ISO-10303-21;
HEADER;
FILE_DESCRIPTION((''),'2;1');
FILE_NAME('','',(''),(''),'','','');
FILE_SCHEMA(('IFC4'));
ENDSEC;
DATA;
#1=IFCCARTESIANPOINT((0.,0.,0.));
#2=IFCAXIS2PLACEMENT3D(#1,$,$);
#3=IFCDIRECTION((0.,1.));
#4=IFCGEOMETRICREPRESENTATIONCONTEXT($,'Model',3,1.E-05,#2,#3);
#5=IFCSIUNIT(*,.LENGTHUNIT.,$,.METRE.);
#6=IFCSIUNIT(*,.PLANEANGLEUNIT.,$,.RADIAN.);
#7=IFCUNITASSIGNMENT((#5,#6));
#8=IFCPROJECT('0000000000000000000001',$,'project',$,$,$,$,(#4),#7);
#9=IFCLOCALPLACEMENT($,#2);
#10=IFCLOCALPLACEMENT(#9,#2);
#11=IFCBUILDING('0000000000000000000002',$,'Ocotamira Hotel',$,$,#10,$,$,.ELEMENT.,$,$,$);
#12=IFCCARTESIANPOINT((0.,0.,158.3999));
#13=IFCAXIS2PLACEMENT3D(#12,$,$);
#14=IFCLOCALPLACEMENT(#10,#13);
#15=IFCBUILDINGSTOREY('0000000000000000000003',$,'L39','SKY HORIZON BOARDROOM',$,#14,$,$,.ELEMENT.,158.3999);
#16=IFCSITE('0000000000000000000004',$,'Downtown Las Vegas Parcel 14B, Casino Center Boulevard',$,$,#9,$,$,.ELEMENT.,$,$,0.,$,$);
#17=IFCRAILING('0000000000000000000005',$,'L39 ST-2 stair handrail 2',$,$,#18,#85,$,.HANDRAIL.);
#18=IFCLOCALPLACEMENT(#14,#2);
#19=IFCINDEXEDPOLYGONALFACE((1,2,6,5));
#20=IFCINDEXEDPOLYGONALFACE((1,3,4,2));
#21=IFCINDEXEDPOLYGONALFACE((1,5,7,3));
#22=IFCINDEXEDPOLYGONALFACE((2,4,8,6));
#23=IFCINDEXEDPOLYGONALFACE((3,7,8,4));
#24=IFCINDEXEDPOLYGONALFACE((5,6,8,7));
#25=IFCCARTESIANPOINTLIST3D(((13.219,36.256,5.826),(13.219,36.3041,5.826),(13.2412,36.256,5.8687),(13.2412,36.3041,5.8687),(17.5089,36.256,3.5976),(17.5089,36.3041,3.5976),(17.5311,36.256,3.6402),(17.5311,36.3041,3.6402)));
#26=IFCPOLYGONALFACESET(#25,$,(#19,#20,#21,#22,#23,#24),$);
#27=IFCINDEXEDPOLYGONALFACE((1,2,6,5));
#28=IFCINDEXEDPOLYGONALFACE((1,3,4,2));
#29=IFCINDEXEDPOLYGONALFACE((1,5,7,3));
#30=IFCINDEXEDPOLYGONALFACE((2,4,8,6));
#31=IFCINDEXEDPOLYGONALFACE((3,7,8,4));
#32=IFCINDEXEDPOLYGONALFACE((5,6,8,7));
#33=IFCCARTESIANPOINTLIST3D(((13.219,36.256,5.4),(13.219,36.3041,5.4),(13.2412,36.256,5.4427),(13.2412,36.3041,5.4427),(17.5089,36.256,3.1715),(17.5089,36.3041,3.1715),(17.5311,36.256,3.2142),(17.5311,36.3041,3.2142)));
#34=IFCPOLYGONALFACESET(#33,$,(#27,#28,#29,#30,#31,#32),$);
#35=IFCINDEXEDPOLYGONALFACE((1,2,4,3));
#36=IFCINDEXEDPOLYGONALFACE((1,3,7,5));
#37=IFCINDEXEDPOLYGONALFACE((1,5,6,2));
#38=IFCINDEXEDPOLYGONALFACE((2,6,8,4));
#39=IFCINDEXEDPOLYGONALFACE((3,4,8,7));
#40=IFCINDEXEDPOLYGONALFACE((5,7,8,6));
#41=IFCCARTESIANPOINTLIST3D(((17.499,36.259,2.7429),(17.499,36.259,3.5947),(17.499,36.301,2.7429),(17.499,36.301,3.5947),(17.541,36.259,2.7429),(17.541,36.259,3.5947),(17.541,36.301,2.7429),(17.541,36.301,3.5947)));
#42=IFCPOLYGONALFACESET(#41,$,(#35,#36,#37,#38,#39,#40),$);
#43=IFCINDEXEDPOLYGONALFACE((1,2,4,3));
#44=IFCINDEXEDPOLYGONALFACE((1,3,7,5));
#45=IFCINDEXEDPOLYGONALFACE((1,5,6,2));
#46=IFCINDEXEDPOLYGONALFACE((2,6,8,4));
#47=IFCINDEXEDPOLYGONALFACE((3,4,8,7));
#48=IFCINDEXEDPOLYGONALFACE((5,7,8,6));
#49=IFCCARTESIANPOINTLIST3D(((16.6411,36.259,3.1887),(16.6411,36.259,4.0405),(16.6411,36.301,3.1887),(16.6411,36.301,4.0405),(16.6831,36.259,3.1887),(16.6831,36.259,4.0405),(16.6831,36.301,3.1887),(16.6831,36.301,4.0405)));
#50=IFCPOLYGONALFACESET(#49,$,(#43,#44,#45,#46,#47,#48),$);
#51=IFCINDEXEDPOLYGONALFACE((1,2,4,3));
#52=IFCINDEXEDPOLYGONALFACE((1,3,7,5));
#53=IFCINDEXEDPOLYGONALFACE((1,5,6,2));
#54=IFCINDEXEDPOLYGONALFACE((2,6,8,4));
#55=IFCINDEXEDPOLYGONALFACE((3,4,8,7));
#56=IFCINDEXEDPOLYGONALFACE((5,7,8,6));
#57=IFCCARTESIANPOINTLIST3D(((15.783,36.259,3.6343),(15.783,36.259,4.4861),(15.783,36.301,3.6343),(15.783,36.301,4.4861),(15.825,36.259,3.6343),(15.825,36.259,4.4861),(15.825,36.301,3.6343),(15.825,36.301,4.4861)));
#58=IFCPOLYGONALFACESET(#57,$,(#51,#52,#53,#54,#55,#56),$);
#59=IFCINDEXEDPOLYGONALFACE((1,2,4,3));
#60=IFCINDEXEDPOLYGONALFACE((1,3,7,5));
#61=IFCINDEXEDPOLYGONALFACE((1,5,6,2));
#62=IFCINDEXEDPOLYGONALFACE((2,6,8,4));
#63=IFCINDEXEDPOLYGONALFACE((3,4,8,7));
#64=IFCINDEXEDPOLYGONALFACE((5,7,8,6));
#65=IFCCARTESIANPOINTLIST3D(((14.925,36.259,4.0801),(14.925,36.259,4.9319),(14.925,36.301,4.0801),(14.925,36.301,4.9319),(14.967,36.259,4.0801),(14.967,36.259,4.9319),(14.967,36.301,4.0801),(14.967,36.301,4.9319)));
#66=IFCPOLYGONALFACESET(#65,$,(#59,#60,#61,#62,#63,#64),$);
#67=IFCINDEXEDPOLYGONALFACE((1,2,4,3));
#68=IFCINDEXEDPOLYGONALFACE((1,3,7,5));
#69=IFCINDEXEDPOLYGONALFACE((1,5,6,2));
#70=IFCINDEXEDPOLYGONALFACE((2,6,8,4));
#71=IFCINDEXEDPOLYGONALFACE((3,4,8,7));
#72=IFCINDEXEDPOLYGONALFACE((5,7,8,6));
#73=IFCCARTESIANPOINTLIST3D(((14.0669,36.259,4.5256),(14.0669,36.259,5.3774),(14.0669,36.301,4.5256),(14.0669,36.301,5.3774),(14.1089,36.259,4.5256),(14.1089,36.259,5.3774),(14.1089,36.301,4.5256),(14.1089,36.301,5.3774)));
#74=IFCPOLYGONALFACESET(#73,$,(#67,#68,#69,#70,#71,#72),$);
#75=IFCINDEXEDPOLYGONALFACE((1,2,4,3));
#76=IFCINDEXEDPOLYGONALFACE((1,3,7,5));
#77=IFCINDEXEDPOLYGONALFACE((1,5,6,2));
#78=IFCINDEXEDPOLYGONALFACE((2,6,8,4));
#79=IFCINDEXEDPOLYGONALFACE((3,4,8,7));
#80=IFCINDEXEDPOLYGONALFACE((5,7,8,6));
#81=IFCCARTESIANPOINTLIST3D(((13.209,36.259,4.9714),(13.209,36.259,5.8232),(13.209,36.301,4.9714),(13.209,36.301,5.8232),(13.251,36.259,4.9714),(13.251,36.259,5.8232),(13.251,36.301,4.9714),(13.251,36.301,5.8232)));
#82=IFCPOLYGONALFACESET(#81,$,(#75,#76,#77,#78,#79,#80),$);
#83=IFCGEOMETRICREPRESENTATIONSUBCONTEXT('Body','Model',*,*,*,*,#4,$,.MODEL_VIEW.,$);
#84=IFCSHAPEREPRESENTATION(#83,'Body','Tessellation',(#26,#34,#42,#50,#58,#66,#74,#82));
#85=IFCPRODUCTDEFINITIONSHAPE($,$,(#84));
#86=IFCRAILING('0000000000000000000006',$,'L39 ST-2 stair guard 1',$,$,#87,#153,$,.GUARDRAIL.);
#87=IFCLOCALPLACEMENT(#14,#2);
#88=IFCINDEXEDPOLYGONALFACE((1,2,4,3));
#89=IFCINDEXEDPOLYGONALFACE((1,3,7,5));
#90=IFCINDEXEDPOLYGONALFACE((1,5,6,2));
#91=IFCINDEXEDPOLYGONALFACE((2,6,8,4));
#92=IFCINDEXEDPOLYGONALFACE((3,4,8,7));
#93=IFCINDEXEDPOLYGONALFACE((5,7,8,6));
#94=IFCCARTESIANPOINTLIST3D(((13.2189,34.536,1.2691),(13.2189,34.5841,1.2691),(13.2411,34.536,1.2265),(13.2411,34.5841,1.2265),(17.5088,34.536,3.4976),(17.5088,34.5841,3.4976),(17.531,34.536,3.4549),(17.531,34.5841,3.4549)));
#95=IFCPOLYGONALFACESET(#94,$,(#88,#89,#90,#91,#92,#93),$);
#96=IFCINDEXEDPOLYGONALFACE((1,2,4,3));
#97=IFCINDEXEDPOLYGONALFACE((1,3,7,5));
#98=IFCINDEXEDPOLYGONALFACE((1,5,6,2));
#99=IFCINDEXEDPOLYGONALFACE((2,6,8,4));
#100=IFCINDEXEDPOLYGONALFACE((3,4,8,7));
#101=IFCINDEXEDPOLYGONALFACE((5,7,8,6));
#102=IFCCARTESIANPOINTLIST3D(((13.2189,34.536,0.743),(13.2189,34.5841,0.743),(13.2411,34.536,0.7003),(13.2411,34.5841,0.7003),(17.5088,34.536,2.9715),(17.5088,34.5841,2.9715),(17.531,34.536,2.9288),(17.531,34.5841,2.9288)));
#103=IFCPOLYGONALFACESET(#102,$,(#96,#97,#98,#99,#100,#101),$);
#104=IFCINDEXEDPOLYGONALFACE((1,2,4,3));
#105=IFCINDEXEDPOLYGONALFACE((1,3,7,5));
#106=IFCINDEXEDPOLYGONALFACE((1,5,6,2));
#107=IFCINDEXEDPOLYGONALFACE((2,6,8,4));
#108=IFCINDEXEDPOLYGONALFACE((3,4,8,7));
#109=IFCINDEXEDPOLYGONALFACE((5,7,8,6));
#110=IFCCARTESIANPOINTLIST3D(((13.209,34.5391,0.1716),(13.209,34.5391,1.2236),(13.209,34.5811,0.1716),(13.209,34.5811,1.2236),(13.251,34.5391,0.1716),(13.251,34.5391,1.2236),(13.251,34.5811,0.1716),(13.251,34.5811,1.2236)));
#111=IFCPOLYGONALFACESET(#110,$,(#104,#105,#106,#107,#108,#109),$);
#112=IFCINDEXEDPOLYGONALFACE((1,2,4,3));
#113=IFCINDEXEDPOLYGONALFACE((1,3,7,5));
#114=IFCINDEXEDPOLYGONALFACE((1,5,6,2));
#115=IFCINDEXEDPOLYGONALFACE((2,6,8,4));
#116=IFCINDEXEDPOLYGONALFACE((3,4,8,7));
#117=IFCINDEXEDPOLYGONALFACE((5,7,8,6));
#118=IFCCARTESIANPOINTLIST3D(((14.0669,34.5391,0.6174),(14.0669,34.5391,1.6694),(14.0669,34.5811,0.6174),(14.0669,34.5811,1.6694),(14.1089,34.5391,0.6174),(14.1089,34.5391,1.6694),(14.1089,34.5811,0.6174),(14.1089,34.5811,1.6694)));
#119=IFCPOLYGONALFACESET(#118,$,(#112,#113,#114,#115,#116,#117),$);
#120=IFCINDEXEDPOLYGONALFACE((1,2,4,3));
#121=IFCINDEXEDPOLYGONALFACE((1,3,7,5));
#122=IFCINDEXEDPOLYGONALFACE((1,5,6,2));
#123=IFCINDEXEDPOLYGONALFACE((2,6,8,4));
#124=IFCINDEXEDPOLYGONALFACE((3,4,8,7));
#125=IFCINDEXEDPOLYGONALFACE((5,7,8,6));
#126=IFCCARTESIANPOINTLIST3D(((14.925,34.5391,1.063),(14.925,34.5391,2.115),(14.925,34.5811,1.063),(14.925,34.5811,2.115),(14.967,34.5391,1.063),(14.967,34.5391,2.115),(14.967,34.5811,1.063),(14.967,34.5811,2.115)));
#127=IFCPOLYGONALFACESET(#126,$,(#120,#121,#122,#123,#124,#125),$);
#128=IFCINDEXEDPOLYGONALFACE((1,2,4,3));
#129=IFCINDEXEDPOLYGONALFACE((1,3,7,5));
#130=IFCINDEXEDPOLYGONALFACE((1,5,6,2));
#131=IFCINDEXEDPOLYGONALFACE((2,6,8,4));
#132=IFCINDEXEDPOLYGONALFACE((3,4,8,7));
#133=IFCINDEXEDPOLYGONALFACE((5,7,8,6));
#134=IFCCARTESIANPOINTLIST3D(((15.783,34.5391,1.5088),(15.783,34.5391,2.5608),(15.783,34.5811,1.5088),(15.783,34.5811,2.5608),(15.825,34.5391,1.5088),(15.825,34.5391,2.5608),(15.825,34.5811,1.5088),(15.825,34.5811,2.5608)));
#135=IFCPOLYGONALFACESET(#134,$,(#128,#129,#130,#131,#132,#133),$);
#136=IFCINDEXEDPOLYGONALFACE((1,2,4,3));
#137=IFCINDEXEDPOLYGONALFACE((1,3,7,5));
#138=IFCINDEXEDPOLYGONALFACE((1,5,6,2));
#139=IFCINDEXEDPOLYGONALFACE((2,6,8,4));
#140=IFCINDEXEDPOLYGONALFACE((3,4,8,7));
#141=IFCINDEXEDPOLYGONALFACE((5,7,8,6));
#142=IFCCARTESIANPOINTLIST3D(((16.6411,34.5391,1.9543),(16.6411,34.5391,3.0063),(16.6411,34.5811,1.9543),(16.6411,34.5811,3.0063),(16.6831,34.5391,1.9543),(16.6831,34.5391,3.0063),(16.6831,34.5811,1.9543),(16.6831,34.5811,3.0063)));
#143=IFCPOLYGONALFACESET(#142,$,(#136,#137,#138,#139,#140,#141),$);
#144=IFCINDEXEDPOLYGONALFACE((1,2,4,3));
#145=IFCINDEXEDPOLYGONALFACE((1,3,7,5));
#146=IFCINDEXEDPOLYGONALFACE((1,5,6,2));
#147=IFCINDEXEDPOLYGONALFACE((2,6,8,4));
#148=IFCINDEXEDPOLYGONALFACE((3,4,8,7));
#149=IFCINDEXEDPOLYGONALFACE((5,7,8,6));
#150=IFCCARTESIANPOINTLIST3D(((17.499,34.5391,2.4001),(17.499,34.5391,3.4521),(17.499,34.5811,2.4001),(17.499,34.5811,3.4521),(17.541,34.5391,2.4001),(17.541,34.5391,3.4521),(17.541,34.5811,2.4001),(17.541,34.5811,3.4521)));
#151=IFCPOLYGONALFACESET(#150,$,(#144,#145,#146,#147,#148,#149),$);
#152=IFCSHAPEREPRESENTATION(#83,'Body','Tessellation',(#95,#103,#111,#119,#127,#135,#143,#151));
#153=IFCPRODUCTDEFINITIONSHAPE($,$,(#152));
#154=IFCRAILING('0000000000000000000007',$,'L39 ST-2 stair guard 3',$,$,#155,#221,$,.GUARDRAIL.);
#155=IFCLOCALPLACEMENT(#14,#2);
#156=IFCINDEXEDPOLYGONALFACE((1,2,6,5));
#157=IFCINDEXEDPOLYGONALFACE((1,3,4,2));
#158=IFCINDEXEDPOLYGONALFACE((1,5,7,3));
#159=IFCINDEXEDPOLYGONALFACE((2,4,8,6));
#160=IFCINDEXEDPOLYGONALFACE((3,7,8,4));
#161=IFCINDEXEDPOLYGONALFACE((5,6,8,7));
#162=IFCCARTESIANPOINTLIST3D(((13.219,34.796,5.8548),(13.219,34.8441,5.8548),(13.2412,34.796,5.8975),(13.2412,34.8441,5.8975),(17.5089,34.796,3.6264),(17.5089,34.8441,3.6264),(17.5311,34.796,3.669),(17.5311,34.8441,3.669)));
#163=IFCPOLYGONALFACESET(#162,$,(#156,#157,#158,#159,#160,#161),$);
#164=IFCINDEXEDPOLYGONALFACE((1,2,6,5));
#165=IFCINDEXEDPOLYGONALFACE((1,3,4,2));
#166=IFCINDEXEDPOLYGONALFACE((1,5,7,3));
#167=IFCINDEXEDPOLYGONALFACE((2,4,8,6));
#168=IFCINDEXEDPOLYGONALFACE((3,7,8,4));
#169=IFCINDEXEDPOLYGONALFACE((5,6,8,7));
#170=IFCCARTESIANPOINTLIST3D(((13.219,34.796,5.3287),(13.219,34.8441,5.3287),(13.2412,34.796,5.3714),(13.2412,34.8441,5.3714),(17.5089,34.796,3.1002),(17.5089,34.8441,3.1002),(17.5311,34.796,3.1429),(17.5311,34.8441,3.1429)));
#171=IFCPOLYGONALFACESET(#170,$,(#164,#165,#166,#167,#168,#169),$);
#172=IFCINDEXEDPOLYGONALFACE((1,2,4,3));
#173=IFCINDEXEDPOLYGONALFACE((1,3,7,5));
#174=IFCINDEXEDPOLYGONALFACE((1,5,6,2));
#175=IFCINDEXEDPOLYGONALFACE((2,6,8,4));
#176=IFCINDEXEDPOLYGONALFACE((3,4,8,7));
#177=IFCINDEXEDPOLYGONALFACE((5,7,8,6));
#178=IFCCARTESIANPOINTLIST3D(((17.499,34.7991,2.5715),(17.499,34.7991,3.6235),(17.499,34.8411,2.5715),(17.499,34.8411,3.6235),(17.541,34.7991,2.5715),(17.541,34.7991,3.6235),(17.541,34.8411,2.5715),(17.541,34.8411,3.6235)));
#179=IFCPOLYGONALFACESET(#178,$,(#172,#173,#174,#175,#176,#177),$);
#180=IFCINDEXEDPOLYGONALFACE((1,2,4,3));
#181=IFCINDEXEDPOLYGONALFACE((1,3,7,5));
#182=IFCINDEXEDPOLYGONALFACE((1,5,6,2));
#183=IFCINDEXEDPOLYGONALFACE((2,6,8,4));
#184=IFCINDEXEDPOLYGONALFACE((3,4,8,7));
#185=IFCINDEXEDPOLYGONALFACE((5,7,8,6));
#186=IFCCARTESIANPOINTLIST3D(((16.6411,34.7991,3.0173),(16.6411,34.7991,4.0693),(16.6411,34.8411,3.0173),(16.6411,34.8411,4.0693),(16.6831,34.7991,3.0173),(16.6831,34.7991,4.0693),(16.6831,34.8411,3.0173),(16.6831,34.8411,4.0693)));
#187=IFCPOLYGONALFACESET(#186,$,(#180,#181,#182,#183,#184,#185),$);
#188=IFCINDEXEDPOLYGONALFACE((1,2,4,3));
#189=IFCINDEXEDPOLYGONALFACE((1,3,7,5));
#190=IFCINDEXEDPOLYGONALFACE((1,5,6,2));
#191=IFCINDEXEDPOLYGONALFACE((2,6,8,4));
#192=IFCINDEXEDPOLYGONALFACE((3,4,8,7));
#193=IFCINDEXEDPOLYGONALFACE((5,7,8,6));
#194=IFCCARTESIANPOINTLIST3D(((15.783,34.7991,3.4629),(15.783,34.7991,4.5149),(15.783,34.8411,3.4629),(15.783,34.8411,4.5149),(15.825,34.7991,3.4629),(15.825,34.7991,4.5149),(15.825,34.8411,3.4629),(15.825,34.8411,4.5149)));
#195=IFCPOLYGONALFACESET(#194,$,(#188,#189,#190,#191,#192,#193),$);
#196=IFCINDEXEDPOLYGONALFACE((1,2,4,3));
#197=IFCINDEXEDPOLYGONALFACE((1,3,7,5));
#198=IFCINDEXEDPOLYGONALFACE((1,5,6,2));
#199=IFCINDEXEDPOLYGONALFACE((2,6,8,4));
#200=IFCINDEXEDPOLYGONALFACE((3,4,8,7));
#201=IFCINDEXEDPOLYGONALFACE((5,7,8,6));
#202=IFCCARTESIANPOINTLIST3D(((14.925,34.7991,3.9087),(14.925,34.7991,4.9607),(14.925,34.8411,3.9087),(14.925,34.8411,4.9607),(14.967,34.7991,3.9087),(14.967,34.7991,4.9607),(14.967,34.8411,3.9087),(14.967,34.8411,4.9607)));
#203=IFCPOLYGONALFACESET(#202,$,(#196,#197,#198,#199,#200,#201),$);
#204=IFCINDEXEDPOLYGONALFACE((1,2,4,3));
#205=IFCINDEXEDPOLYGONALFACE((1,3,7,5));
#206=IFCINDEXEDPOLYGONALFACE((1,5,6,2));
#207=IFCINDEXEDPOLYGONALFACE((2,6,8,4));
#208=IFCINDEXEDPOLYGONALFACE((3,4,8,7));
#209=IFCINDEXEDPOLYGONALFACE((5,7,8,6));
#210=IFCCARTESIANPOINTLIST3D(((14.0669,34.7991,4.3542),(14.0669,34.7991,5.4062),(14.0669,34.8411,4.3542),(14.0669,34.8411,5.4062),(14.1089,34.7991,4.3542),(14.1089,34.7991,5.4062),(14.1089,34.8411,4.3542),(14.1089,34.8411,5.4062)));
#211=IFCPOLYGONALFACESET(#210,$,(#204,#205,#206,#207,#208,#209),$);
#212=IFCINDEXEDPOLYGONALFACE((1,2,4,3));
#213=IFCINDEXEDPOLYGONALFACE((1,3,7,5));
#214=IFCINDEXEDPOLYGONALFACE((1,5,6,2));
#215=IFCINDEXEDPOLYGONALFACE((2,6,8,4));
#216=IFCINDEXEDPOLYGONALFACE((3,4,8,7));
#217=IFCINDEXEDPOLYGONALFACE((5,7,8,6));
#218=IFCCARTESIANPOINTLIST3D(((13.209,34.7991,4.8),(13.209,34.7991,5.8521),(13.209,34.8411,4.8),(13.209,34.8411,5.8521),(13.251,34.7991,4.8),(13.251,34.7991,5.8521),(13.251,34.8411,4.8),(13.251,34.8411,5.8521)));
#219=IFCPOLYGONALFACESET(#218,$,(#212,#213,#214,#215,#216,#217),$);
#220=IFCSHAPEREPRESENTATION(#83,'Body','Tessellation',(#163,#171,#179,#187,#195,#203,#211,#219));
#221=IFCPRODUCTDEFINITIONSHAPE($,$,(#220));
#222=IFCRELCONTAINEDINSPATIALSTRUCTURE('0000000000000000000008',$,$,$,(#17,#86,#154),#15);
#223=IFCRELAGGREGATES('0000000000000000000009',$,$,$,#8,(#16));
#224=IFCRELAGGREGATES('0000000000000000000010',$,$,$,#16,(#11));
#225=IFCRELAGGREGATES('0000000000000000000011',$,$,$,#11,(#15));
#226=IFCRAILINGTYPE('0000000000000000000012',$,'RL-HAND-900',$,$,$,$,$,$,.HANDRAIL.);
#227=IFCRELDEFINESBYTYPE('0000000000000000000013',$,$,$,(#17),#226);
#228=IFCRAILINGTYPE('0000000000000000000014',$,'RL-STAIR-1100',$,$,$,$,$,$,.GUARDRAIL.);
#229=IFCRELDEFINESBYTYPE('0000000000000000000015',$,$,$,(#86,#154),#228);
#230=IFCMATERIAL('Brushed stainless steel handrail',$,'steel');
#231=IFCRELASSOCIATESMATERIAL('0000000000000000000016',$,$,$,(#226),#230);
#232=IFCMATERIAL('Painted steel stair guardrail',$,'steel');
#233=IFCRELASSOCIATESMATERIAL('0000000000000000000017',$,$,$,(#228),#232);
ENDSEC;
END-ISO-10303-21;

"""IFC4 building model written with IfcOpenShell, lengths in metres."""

from ifc_helpers import new_model, si_unit, direction, frame, origin, origin_2d, place, context, subcontext, project, spatial, rectangle, extrude, material, type_object, element, save


model = new_model("IFC4")

# Units and contexts
model_context = context("Model", 3, precision=1e-05, world=origin(), true_north=direction((0.0, 1.0)))
body_context = subcontext(model_context, "Body", "Model", "MODEL_VIEW")
ifc_project = project(units=[si_unit("LENGTHUNIT", "METRE"), si_unit("PLANEANGLEUNIT", "RADIAN")], contexts=[model_context])

# Site, building, storey
site_placement = place(None, origin())
site = spatial("IfcSite", under=ifc_project, at=site_placement, Name="Downtown Las Vegas Parcel 14B, Casino Center Boulevard", CompositionType="ELEMENT", RefElevation=0.0)
building_placement = place(site_placement, origin())
building = spatial("IfcBuilding", under=site, at=building_placement, Name="Ocotamira Hotel", CompositionType="ELEMENT")
storey_placement = place(building_placement, frame((0.0, 0.0, 158.3999)))
storey = spatial("IfcBuildingStorey", under=building, at=storey_placement, Name="L39", Description="SKY HORIZON BOARDROOM", CompositionType="ELEMENT", Elevation=158.3999)

# Railings
ifc_material_1 = material(Name="Brushed stainless steel handrail", Category="steel")
railing_type_1 = type_object("IfcRailingType", Name="RL-HAND-900", PredefinedType="HANDRAIL", material=ifc_material_1)
railing_1_placement = place(storey_placement, frame((17.52, 36.28, 2.7429)))
element("IfcRailing", 1, at=railing_1_placement, inside=storey, type_object=railing_type_1, Name="L39 ST-2 stair handrail 2", PredefinedType="HANDRAIL", context=body_context, shape_type="SweptSolid", body=[
    extrude(rectangle(XDim=0.0481, YDim=0.0481, at=origin_2d()), frame((0.0, 0.0, 0.876), z_axis=(-0.887412, 0.0, 0.460977), x_axis=(0.0, -1.0, 0.0)), (0.0, 0.0, 1.0), 4.8342),
    extrude(rectangle(XDim=0.0481, YDim=0.0481, at=origin_2d()), frame((0.0, 0.0, 0.45), z_axis=(-0.887412, 0.0, 0.460977), x_axis=(0.0, -1.0, 0.0)), (0.0, 0.0, 1.0), 4.8342),
    extrude(rectangle(XDim=0.042, YDim=0.042, at=origin_2d()), origin(), (0.0, 0.0, 1.0), 0.8518),
    extrude(rectangle(XDim=0.042, YDim=0.042, at=origin_2d()), frame((-0.8579, 0.0, 0.4458)), (0.0, 0.0, 1.0), 0.8518),
    extrude(rectangle(XDim=0.042, YDim=0.042, at=origin_2d()), frame((-1.7161, 0.0, 0.8914)), (0.0, 0.0, 1.0), 0.8518),
    extrude(rectangle(XDim=0.042, YDim=0.042, at=origin_2d()), frame((-2.574, 0.0, 1.3372)), (0.0, 0.0, 1.0), 0.8518),
    extrude(rectangle(XDim=0.042, YDim=0.042, at=origin_2d()), frame((-3.4321, 0.0, 1.7827)), (0.0, 0.0, 1.0), 0.8518),
    extrude(rectangle(XDim=0.042, YDim=0.042, at=origin_2d()), frame((-4.29, 0.0, 2.2285)), (0.0, 0.0, 1.0), 0.8518),
])
ifc_material_2 = material(Name="Painted steel stair guardrail", Category="steel")
railing_type_2 = type_object("IfcRailingType", Name="RL-STAIR-1100", PredefinedType="GUARDRAIL", material=ifc_material_2)
railing_2_placement = place(storey_placement, frame((13.23, 34.5601, 0.1716)))
element("IfcRailing", 2, at=railing_2_placement, inside=storey, type_object=railing_type_2, Name="L39 ST-2 stair guard 1", PredefinedType="GUARDRAIL", context=body_context, shape_type="SweptSolid", body=[
    extrude(rectangle(XDim=0.0481, YDim=0.0481, at=origin_2d()), frame((0.0, 0.0, 1.0762), z_axis=(0.887412, 0.0, 0.460977), x_axis=(0.0, 1.0, 0.0)), (0.0, 0.0, 1.0), 4.8342),
    extrude(rectangle(XDim=0.0481, YDim=0.0481, at=origin_2d()), frame((0.0, 0.0, 0.55), z_axis=(0.887412, 0.0, 0.460977), x_axis=(0.0, 1.0, 0.0)), (0.0, 0.0, 1.0), 4.8342),
    extrude(rectangle(XDim=0.042, YDim=0.042, at=origin_2d()), origin(), (0.0, 0.0, 1.0), 1.052),
    extrude(rectangle(XDim=0.042, YDim=0.042, at=origin_2d()), frame((0.8579, 0.0, 0.4458)), (0.0, 0.0, 1.0), 1.052),
    extrude(rectangle(XDim=0.042, YDim=0.042, at=origin_2d()), frame((1.7161, 0.0, 0.8914)), (0.0, 0.0, 1.0), 1.052),
    extrude(rectangle(XDim=0.042, YDim=0.042, at=origin_2d()), frame((2.574, 0.0, 1.3372)), (0.0, 0.0, 1.0), 1.052),
    extrude(rectangle(XDim=0.042, YDim=0.042, at=origin_2d()), frame((3.4321, 0.0, 1.7827)), (0.0, 0.0, 1.0), 1.052),
    extrude(rectangle(XDim=0.042, YDim=0.042, at=origin_2d()), frame((4.29, 0.0, 2.2285)), (0.0, 0.0, 1.0), 1.052),
])
railing_3_placement = place(storey_placement, frame((17.52, 34.8201, 2.5715)))
element("IfcRailing", 3, at=railing_3_placement, inside=storey, type_object=railing_type_2, Name="L39 ST-2 stair guard 3", PredefinedType="GUARDRAIL", context=body_context, shape_type="SweptSolid", body=[
    extrude(rectangle(XDim=0.0481, YDim=0.0481, at=origin_2d()), frame((0.0, 0.0, 1.0762), z_axis=(-0.887412, 0.0, 0.460977), x_axis=(0.0, -1.0, 0.0)), (0.0, 0.0, 1.0), 4.8342),
    extrude(rectangle(XDim=0.0481, YDim=0.0481, at=origin_2d()), frame((0.0, 0.0, 0.55), z_axis=(-0.887412, 0.0, 0.460977), x_axis=(0.0, -1.0, 0.0)), (0.0, 0.0, 1.0), 4.8342),
    extrude(rectangle(XDim=0.042, YDim=0.042, at=origin_2d()), origin(), (0.0, 0.0, 1.0), 1.052),
    extrude(rectangle(XDim=0.042, YDim=0.042, at=origin_2d()), frame((-0.8579, 0.0, 0.4458)), (0.0, 0.0, 1.0), 1.052),
    extrude(rectangle(XDim=0.042, YDim=0.042, at=origin_2d()), frame((-1.7161, 0.0, 0.8914)), (0.0, 0.0, 1.0), 1.052),
    extrude(rectangle(XDim=0.042, YDim=0.042, at=origin_2d()), frame((-2.574, 0.0, 1.3372)), (0.0, 0.0, 1.0), 1.052),
    extrude(rectangle(XDim=0.042, YDim=0.042, at=origin_2d()), frame((-3.4321, 0.0, 1.7827)), (0.0, 0.0, 1.0), 1.052),
    extrude(rectangle(XDim=0.042, YDim=0.042, at=origin_2d()), frame((-4.29, 0.0, 2.2285)), (0.0, 0.0, 1.0), 1.052),
])

save(model, "model.ifc")
